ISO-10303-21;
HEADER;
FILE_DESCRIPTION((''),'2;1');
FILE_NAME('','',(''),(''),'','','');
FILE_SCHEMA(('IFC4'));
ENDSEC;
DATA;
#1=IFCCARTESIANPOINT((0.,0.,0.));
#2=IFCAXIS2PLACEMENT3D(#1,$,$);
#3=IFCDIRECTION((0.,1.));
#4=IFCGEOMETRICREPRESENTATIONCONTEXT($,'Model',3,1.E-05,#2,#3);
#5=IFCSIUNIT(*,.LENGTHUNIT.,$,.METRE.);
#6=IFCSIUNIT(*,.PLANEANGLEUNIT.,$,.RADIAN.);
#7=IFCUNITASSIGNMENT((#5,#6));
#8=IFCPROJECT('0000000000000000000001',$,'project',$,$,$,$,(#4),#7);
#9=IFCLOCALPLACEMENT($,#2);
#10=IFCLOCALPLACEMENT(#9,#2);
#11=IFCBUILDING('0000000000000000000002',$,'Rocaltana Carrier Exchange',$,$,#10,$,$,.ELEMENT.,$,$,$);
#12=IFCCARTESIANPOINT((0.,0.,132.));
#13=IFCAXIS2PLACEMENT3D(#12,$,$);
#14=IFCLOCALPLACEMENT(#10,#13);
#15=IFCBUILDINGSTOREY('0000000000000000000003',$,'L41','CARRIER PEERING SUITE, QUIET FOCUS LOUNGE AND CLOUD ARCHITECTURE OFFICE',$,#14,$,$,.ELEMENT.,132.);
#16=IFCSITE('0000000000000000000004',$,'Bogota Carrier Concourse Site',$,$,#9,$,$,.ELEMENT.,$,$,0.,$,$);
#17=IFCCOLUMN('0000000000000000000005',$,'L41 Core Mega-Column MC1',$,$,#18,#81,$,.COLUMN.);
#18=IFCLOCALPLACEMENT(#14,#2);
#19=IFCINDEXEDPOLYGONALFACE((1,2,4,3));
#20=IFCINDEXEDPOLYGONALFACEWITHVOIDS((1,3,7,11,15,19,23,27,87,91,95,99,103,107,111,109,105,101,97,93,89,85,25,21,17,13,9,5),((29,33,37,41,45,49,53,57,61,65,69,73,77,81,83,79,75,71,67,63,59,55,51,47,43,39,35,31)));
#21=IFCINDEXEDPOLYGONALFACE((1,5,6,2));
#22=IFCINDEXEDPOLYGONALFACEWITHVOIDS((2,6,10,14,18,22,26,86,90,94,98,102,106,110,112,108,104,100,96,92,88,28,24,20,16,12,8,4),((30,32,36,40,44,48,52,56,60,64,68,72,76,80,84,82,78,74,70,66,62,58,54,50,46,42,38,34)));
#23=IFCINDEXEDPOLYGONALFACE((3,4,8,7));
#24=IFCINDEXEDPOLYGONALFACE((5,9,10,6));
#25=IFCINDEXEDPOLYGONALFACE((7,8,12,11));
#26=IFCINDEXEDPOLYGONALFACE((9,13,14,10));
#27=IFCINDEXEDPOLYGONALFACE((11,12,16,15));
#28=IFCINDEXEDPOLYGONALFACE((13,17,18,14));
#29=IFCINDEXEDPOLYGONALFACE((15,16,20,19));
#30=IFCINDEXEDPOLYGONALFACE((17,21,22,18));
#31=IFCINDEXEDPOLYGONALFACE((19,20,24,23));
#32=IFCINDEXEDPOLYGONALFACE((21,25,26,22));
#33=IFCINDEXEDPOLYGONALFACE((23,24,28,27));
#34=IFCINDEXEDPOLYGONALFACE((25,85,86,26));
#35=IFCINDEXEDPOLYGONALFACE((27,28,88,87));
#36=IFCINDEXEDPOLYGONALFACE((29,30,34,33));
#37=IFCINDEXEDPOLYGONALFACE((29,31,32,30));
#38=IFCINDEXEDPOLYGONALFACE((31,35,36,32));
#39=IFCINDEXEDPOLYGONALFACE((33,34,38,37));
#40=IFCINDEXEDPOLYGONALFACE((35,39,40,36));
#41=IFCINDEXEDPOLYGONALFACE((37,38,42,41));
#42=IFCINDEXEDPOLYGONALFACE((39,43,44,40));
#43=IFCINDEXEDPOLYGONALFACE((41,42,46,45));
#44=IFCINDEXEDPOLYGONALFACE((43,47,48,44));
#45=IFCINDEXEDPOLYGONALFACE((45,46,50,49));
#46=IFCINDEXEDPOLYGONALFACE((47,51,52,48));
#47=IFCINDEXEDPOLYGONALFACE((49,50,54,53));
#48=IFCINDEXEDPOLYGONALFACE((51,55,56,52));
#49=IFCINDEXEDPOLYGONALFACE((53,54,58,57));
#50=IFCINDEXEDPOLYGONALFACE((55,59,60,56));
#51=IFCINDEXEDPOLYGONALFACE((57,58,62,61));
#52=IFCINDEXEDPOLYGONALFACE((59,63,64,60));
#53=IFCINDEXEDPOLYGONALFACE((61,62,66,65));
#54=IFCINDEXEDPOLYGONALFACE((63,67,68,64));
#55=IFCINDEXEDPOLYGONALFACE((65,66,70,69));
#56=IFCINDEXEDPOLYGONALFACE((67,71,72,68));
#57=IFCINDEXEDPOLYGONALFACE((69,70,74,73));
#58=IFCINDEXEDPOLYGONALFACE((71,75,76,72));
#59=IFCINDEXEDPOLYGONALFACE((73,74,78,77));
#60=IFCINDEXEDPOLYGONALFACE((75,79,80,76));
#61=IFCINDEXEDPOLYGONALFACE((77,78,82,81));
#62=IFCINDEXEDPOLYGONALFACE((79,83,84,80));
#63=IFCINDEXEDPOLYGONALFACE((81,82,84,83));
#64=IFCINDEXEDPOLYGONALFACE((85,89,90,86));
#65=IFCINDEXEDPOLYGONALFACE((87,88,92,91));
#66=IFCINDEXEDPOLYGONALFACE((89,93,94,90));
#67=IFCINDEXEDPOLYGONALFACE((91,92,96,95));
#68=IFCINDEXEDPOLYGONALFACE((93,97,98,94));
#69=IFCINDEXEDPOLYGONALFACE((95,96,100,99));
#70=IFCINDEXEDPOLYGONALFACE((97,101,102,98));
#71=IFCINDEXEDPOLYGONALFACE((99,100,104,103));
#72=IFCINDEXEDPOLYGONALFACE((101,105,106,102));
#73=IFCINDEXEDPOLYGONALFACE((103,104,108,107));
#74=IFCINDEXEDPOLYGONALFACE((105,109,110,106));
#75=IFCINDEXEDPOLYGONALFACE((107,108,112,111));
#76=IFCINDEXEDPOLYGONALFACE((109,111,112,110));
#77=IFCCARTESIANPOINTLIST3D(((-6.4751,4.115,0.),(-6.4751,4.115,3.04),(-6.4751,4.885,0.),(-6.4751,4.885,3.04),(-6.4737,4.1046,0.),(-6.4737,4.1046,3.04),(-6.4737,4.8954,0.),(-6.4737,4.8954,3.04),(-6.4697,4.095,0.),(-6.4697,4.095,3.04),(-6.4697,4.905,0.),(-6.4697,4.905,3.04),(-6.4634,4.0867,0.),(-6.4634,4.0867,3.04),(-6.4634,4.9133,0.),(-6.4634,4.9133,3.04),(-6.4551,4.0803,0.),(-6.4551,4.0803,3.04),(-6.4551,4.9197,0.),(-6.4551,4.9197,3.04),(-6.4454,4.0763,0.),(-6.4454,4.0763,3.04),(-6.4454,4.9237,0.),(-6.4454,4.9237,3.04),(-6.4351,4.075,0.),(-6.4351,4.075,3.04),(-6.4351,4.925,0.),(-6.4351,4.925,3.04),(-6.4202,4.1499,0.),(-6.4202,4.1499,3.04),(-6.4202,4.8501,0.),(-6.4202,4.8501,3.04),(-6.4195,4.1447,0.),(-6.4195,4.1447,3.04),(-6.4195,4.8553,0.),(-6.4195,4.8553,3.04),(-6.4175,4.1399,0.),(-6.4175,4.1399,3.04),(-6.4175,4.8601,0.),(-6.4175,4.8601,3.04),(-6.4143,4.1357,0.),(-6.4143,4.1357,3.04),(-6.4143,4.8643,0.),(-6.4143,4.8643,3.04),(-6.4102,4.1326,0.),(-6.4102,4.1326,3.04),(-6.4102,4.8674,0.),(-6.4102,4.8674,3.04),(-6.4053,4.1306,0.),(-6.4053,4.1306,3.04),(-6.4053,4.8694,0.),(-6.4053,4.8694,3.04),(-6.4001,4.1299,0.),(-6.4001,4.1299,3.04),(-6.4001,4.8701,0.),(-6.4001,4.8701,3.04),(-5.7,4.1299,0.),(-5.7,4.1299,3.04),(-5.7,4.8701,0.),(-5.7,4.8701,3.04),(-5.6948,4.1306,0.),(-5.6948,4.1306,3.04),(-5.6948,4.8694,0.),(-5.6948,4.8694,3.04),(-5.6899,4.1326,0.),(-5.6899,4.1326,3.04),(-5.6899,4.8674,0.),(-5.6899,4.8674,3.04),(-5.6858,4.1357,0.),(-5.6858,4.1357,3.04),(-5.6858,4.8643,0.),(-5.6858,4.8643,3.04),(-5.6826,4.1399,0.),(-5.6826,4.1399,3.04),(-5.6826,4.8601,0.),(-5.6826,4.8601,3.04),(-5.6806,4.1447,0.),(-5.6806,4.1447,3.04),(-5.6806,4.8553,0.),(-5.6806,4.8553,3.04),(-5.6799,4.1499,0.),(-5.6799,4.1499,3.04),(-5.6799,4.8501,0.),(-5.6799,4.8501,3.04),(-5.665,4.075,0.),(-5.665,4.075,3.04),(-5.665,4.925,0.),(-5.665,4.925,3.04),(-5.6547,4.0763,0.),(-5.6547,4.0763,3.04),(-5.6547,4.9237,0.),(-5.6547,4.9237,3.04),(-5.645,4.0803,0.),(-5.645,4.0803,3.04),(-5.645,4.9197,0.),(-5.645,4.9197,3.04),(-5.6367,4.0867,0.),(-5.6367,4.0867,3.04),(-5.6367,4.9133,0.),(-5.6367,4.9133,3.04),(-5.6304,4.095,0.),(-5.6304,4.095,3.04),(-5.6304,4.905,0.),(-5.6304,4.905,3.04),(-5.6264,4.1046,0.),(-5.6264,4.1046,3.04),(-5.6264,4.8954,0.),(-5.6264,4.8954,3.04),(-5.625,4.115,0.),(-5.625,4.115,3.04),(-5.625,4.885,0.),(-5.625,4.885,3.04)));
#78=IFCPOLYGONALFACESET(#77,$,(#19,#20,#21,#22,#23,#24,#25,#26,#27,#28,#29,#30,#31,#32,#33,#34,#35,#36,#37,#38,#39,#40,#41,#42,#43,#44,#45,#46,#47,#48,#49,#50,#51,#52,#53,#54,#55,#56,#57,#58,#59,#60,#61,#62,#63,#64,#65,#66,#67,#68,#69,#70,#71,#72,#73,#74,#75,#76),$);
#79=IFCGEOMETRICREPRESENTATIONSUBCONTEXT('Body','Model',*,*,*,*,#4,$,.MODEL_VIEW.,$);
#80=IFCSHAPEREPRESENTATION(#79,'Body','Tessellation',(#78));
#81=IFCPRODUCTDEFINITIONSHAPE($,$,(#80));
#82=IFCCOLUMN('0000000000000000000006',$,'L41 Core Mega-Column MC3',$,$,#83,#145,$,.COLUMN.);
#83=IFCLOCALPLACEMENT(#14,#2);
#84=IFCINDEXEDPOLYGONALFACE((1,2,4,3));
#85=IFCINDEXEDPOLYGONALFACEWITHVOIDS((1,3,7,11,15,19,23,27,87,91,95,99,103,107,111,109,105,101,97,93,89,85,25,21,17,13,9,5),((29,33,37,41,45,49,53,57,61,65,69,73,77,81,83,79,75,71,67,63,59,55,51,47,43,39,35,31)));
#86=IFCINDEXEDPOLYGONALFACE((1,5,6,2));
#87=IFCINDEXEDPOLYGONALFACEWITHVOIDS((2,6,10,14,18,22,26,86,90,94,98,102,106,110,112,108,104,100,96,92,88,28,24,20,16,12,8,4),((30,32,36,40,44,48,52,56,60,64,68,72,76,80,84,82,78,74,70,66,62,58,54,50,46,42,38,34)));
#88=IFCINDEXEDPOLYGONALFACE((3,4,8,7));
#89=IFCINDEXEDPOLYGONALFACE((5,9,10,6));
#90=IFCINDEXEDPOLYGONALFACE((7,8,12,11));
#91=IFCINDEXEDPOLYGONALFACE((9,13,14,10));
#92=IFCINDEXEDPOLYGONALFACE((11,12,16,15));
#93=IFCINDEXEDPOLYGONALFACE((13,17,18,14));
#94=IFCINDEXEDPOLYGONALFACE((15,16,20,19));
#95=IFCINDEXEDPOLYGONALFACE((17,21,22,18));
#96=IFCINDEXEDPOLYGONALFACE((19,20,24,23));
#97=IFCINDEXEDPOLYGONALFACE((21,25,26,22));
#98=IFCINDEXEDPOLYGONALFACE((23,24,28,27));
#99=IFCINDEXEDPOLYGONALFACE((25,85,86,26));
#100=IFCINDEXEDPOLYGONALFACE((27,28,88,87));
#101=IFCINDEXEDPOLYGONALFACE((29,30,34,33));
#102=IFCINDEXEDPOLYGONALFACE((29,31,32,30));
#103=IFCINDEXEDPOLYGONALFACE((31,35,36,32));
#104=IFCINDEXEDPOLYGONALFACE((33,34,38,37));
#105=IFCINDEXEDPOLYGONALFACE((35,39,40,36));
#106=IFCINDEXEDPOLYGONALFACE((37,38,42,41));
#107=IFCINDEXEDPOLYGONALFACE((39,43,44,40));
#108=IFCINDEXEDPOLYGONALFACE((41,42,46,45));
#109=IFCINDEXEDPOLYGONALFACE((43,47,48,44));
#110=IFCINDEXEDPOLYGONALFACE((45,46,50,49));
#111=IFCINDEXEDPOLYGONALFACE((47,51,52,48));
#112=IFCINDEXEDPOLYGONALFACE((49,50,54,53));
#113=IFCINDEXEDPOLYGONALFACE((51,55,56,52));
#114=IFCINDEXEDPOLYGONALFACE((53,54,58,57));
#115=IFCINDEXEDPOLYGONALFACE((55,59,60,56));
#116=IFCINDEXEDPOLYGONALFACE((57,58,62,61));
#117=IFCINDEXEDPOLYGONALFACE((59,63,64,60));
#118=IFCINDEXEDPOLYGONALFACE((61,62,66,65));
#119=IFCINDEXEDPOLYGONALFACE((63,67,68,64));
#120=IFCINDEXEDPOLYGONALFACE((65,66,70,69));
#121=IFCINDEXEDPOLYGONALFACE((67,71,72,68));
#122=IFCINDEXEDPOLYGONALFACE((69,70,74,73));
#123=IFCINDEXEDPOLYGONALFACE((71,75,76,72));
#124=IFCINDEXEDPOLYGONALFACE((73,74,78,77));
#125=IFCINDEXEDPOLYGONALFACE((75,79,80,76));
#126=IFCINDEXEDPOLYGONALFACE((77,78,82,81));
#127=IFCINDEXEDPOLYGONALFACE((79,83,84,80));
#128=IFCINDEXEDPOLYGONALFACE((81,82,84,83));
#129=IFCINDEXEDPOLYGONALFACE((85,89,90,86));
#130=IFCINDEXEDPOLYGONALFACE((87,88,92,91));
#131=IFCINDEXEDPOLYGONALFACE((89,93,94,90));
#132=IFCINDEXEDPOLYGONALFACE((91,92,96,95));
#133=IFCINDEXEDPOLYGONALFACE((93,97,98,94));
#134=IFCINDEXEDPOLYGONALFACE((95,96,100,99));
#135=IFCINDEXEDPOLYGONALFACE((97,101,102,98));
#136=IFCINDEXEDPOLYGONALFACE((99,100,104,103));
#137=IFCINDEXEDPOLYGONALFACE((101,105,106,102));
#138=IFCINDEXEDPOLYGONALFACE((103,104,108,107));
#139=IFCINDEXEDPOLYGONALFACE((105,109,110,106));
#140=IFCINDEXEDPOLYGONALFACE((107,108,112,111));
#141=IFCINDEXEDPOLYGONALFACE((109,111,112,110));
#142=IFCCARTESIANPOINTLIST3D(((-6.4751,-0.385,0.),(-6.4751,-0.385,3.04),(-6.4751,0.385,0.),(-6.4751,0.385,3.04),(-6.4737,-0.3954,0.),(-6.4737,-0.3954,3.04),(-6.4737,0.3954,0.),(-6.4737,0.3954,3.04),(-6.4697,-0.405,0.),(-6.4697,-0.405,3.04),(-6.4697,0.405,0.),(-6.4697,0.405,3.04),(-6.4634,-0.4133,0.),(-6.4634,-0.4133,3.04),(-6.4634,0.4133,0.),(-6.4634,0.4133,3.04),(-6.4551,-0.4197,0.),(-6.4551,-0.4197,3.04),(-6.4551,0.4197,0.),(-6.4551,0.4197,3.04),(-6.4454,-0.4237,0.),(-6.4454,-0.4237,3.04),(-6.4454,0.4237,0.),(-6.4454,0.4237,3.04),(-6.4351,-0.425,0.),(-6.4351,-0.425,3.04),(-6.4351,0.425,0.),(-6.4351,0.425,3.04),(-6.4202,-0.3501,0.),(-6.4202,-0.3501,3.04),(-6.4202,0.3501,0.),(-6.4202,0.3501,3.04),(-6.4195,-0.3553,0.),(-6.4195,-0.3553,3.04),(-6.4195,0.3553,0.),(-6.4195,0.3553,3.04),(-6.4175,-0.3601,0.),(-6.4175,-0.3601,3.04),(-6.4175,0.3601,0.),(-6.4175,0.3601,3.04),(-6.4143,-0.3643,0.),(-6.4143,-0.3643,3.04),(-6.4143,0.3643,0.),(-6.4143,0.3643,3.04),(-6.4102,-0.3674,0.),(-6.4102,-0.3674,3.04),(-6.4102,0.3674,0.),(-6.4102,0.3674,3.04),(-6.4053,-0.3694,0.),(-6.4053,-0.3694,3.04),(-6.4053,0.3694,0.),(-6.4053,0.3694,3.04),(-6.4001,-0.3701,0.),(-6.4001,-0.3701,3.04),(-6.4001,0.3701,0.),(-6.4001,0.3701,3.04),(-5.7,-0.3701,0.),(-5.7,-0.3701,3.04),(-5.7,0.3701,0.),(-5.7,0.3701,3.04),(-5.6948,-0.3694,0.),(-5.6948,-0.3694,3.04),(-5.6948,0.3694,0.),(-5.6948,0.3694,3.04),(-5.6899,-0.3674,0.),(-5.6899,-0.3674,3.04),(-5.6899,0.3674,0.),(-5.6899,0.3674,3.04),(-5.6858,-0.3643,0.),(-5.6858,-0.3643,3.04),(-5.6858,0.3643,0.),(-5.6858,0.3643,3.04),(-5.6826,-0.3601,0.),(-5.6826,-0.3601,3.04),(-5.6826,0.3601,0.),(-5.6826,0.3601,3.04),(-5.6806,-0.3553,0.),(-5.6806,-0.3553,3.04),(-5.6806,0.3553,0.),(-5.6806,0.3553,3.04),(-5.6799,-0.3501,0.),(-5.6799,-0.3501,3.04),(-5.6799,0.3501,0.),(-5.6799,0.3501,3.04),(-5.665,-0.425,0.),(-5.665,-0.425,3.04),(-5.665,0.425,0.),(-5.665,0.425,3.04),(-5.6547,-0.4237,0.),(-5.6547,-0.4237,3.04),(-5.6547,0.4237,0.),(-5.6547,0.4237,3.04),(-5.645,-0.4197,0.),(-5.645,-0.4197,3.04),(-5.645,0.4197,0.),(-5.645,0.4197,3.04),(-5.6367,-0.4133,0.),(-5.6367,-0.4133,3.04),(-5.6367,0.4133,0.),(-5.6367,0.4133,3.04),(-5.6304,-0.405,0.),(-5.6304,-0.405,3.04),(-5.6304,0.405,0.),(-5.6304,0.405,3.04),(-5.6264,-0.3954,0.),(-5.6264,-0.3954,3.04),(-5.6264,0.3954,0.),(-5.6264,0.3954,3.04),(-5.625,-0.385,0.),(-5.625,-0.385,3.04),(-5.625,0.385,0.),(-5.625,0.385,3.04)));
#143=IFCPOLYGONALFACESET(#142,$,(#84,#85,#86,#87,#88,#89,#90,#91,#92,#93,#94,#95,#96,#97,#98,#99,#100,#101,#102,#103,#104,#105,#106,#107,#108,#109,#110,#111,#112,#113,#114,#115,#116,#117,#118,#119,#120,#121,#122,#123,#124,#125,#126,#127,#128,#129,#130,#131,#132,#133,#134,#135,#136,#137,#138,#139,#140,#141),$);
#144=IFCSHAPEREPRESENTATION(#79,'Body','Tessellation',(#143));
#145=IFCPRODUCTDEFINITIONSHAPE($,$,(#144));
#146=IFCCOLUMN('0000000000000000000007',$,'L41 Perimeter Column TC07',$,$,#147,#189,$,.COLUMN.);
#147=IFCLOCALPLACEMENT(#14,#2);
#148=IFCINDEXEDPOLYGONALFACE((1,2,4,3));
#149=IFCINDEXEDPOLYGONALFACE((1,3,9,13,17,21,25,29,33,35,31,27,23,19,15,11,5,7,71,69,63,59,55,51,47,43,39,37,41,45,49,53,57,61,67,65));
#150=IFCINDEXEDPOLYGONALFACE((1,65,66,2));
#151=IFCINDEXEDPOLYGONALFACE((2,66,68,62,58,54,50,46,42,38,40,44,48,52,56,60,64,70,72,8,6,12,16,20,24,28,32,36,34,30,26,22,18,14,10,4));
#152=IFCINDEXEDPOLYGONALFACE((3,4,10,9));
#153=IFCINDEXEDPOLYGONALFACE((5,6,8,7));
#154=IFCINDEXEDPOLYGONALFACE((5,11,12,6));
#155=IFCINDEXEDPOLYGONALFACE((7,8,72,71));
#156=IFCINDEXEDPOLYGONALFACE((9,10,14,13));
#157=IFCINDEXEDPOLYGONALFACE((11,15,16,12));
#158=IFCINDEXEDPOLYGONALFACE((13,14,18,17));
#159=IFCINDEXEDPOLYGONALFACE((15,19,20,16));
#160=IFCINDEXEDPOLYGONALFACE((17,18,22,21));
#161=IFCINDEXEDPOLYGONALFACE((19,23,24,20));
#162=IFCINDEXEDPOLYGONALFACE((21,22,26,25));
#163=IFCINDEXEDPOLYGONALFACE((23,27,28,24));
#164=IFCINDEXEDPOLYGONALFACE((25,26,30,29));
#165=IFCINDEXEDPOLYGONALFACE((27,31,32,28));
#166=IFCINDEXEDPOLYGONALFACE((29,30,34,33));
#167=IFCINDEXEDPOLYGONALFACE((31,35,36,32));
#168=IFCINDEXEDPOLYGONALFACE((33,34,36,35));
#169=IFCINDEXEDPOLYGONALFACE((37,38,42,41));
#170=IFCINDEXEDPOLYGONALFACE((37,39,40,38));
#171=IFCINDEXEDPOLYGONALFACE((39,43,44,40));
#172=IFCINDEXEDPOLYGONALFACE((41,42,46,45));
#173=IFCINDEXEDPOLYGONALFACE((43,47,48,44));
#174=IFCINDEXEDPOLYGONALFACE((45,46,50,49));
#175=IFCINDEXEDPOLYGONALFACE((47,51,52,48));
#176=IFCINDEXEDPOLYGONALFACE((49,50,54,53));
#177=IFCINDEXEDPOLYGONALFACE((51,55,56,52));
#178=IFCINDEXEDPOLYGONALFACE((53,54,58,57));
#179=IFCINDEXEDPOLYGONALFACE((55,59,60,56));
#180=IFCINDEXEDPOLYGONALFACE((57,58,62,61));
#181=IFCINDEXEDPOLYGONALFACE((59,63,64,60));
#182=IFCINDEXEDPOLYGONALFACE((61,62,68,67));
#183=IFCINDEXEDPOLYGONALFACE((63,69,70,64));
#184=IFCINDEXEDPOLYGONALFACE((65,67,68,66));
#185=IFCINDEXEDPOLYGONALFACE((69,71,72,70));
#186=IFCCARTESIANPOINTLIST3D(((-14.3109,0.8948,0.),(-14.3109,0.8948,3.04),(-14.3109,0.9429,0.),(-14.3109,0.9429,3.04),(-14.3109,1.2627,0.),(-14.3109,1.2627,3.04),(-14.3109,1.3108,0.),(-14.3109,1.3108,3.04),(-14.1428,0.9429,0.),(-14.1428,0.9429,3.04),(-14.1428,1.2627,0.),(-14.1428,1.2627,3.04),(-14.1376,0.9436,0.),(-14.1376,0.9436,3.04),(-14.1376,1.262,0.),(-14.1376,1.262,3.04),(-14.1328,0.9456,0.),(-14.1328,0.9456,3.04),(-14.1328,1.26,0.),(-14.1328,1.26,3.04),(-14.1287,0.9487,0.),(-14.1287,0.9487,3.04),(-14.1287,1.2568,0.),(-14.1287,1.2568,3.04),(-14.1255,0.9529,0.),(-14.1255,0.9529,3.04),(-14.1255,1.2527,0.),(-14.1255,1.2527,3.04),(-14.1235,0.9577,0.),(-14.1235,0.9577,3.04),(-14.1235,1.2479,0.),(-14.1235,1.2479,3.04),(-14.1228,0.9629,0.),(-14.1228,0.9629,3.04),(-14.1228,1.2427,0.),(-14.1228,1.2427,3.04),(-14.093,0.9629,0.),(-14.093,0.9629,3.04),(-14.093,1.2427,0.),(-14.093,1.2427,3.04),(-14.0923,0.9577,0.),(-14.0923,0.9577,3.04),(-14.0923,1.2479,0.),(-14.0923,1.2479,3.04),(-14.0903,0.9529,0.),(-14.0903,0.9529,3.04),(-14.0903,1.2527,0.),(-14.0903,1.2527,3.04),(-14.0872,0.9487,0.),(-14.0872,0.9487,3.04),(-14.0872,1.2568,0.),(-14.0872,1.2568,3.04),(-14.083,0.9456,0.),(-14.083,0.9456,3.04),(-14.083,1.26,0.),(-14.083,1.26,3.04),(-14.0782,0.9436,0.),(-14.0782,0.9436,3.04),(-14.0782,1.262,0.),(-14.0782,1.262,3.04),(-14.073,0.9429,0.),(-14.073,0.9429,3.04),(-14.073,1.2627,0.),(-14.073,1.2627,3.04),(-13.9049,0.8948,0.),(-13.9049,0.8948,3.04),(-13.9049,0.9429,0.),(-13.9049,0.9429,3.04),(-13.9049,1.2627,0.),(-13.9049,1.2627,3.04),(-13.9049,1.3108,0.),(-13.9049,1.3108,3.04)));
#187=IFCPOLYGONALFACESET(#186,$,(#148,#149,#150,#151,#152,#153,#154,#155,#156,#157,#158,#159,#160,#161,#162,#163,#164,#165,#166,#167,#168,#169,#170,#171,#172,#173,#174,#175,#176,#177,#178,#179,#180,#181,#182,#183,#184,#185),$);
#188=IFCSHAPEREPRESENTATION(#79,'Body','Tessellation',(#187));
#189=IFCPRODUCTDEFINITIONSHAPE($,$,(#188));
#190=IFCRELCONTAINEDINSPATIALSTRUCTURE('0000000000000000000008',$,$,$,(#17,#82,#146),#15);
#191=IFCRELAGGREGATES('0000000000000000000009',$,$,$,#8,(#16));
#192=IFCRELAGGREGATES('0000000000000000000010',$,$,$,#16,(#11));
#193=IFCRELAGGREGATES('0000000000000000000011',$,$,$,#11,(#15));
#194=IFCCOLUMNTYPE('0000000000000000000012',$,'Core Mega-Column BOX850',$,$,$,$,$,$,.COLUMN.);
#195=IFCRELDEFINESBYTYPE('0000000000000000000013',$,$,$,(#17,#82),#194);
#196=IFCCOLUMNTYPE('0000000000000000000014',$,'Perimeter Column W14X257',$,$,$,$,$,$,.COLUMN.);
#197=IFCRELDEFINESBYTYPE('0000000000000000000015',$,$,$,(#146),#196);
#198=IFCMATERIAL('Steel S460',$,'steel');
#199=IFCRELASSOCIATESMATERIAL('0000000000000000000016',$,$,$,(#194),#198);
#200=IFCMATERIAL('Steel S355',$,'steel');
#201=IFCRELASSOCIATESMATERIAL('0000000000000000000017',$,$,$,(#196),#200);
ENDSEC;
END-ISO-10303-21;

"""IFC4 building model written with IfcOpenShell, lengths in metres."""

from ifc_helpers import new_model, si_unit, direction, frame, origin, origin_2d, place, context, subcontext, project, spatial, hollow_rectangle, i_section, extrude, material, material_profile, profile_set, type_object, element, save


model = new_model("IFC4")

# Units and contexts
model_context = context("Model", 3, precision=1e-05, world=origin(), true_north=direction((0.0, 1.0)))
body_context = subcontext(model_context, "Body", "Model", "MODEL_VIEW")
ifc_project = project(units=[si_unit("LENGTHUNIT", "METRE"), si_unit("PLANEANGLEUNIT", "RADIAN")], contexts=[model_context])

# Site, building, storey
site_placement = place(None, origin())
site = spatial("IfcSite", under=ifc_project, at=site_placement, Name="Bogota Carrier Concourse Site", CompositionType="ELEMENT", RefElevation=0.0)
building_placement = place(site_placement, origin())
building = spatial("IfcBuilding", under=site, at=building_placement, Name="Rocaltana Carrier Exchange", CompositionType="ELEMENT")
storey_placement = place(building_placement, frame((0.0, 0.0, 132.0)))
storey = spatial("IfcBuildingStorey", under=building, at=storey_placement, Name="L41", Description="CARRIER PEERING SUITE, QUIET FOCUS LOUNGE AND CLOUD ARCHITECTURE OFFICE", CompositionType="ELEMENT", Elevation=132.0)

# Columns
ifc_material_1 = material(Name="Steel S460", Category="steel")
ifc_material_profile_1 = material_profile(ifc_material_1, hollow_rectangle(XDim=0.8501, YDim=0.8501, WallThickness=0.0549, InnerFilletRadius=0.02, OuterFilletRadius=0.04, at=origin_2d()), Name="BOX850X850X55")
ifc_profile_set_1 = profile_set([ifc_material_profile_1], Name="Steel S460")
column_type_1 = type_object("IfcColumnType", Name="Core Mega-Column BOX850", PredefinedType="COLUMN", material=ifc_profile_set_1)
for number, where, z_axis, x_axis, name in (
    (1, (-6.05, 4.5, 0.0), (0.0, 0.0, 1.0), (1.0, 0.0, 0.0), "L41 Core Mega-Column MC1"),
    (2, (-6.05, 0.0, 0.0), (0.0, 0.0, 1.0), (1.0, 0.0, 0.0), "L41 Core Mega-Column MC3"),
):
    element("IfcColumn", number, at=place(storey_placement, frame(where, z_axis=z_axis, x_axis=x_axis)), inside=storey, type_object=column_type_1, Name=name, PredefinedType="COLUMN", context=body_context, shape_type="SweptSolid", body=[
        extrude(hollow_rectangle(XDim=0.8501, YDim=0.8501, WallThickness=0.0549, InnerFilletRadius=0.02, OuterFilletRadius=0.04, at=origin_2d()), origin(), (0.0, 0.0, 1.0), 3.04),
    ])
ifc_material_2 = material(Name="Steel S355", Category="steel")
ifc_material_profile_2 = material_profile(ifc_material_2, i_section(OverallWidth=0.406, OverallDepth=0.416, WebThickness=0.0298, FlangeThickness=0.0481, FilletRadius=0.02, at=origin_2d()), Name="W14X257")
ifc_profile_set_2 = profile_set([ifc_material_profile_2], Name="Steel S355")
column_type_2 = type_object("IfcColumnType", Name="Perimeter Column W14X257", PredefinedType="COLUMN", material=ifc_profile_set_2)
column_placement = place(storey_placement, frame((-14.1079, 1.1028, 0.0), z_axis=(0.0, 0.0, 1.0), x_axis=(1.0, 0.0, 0.0)))
element("IfcColumn", 3, at=column_placement, inside=storey, type_object=column_type_2, Name="L41 Perimeter Column TC07", PredefinedType="COLUMN", context=body_context, shape_type="SweptSolid", body=[
    extrude(i_section(OverallWidth=0.406, OverallDepth=0.416, WebThickness=0.0298, FlangeThickness=0.0481, FilletRadius=0.02, at=origin_2d()), origin(), (0.0, 0.0, 1.0), 3.04),
])

save(model, "model.ifc")
